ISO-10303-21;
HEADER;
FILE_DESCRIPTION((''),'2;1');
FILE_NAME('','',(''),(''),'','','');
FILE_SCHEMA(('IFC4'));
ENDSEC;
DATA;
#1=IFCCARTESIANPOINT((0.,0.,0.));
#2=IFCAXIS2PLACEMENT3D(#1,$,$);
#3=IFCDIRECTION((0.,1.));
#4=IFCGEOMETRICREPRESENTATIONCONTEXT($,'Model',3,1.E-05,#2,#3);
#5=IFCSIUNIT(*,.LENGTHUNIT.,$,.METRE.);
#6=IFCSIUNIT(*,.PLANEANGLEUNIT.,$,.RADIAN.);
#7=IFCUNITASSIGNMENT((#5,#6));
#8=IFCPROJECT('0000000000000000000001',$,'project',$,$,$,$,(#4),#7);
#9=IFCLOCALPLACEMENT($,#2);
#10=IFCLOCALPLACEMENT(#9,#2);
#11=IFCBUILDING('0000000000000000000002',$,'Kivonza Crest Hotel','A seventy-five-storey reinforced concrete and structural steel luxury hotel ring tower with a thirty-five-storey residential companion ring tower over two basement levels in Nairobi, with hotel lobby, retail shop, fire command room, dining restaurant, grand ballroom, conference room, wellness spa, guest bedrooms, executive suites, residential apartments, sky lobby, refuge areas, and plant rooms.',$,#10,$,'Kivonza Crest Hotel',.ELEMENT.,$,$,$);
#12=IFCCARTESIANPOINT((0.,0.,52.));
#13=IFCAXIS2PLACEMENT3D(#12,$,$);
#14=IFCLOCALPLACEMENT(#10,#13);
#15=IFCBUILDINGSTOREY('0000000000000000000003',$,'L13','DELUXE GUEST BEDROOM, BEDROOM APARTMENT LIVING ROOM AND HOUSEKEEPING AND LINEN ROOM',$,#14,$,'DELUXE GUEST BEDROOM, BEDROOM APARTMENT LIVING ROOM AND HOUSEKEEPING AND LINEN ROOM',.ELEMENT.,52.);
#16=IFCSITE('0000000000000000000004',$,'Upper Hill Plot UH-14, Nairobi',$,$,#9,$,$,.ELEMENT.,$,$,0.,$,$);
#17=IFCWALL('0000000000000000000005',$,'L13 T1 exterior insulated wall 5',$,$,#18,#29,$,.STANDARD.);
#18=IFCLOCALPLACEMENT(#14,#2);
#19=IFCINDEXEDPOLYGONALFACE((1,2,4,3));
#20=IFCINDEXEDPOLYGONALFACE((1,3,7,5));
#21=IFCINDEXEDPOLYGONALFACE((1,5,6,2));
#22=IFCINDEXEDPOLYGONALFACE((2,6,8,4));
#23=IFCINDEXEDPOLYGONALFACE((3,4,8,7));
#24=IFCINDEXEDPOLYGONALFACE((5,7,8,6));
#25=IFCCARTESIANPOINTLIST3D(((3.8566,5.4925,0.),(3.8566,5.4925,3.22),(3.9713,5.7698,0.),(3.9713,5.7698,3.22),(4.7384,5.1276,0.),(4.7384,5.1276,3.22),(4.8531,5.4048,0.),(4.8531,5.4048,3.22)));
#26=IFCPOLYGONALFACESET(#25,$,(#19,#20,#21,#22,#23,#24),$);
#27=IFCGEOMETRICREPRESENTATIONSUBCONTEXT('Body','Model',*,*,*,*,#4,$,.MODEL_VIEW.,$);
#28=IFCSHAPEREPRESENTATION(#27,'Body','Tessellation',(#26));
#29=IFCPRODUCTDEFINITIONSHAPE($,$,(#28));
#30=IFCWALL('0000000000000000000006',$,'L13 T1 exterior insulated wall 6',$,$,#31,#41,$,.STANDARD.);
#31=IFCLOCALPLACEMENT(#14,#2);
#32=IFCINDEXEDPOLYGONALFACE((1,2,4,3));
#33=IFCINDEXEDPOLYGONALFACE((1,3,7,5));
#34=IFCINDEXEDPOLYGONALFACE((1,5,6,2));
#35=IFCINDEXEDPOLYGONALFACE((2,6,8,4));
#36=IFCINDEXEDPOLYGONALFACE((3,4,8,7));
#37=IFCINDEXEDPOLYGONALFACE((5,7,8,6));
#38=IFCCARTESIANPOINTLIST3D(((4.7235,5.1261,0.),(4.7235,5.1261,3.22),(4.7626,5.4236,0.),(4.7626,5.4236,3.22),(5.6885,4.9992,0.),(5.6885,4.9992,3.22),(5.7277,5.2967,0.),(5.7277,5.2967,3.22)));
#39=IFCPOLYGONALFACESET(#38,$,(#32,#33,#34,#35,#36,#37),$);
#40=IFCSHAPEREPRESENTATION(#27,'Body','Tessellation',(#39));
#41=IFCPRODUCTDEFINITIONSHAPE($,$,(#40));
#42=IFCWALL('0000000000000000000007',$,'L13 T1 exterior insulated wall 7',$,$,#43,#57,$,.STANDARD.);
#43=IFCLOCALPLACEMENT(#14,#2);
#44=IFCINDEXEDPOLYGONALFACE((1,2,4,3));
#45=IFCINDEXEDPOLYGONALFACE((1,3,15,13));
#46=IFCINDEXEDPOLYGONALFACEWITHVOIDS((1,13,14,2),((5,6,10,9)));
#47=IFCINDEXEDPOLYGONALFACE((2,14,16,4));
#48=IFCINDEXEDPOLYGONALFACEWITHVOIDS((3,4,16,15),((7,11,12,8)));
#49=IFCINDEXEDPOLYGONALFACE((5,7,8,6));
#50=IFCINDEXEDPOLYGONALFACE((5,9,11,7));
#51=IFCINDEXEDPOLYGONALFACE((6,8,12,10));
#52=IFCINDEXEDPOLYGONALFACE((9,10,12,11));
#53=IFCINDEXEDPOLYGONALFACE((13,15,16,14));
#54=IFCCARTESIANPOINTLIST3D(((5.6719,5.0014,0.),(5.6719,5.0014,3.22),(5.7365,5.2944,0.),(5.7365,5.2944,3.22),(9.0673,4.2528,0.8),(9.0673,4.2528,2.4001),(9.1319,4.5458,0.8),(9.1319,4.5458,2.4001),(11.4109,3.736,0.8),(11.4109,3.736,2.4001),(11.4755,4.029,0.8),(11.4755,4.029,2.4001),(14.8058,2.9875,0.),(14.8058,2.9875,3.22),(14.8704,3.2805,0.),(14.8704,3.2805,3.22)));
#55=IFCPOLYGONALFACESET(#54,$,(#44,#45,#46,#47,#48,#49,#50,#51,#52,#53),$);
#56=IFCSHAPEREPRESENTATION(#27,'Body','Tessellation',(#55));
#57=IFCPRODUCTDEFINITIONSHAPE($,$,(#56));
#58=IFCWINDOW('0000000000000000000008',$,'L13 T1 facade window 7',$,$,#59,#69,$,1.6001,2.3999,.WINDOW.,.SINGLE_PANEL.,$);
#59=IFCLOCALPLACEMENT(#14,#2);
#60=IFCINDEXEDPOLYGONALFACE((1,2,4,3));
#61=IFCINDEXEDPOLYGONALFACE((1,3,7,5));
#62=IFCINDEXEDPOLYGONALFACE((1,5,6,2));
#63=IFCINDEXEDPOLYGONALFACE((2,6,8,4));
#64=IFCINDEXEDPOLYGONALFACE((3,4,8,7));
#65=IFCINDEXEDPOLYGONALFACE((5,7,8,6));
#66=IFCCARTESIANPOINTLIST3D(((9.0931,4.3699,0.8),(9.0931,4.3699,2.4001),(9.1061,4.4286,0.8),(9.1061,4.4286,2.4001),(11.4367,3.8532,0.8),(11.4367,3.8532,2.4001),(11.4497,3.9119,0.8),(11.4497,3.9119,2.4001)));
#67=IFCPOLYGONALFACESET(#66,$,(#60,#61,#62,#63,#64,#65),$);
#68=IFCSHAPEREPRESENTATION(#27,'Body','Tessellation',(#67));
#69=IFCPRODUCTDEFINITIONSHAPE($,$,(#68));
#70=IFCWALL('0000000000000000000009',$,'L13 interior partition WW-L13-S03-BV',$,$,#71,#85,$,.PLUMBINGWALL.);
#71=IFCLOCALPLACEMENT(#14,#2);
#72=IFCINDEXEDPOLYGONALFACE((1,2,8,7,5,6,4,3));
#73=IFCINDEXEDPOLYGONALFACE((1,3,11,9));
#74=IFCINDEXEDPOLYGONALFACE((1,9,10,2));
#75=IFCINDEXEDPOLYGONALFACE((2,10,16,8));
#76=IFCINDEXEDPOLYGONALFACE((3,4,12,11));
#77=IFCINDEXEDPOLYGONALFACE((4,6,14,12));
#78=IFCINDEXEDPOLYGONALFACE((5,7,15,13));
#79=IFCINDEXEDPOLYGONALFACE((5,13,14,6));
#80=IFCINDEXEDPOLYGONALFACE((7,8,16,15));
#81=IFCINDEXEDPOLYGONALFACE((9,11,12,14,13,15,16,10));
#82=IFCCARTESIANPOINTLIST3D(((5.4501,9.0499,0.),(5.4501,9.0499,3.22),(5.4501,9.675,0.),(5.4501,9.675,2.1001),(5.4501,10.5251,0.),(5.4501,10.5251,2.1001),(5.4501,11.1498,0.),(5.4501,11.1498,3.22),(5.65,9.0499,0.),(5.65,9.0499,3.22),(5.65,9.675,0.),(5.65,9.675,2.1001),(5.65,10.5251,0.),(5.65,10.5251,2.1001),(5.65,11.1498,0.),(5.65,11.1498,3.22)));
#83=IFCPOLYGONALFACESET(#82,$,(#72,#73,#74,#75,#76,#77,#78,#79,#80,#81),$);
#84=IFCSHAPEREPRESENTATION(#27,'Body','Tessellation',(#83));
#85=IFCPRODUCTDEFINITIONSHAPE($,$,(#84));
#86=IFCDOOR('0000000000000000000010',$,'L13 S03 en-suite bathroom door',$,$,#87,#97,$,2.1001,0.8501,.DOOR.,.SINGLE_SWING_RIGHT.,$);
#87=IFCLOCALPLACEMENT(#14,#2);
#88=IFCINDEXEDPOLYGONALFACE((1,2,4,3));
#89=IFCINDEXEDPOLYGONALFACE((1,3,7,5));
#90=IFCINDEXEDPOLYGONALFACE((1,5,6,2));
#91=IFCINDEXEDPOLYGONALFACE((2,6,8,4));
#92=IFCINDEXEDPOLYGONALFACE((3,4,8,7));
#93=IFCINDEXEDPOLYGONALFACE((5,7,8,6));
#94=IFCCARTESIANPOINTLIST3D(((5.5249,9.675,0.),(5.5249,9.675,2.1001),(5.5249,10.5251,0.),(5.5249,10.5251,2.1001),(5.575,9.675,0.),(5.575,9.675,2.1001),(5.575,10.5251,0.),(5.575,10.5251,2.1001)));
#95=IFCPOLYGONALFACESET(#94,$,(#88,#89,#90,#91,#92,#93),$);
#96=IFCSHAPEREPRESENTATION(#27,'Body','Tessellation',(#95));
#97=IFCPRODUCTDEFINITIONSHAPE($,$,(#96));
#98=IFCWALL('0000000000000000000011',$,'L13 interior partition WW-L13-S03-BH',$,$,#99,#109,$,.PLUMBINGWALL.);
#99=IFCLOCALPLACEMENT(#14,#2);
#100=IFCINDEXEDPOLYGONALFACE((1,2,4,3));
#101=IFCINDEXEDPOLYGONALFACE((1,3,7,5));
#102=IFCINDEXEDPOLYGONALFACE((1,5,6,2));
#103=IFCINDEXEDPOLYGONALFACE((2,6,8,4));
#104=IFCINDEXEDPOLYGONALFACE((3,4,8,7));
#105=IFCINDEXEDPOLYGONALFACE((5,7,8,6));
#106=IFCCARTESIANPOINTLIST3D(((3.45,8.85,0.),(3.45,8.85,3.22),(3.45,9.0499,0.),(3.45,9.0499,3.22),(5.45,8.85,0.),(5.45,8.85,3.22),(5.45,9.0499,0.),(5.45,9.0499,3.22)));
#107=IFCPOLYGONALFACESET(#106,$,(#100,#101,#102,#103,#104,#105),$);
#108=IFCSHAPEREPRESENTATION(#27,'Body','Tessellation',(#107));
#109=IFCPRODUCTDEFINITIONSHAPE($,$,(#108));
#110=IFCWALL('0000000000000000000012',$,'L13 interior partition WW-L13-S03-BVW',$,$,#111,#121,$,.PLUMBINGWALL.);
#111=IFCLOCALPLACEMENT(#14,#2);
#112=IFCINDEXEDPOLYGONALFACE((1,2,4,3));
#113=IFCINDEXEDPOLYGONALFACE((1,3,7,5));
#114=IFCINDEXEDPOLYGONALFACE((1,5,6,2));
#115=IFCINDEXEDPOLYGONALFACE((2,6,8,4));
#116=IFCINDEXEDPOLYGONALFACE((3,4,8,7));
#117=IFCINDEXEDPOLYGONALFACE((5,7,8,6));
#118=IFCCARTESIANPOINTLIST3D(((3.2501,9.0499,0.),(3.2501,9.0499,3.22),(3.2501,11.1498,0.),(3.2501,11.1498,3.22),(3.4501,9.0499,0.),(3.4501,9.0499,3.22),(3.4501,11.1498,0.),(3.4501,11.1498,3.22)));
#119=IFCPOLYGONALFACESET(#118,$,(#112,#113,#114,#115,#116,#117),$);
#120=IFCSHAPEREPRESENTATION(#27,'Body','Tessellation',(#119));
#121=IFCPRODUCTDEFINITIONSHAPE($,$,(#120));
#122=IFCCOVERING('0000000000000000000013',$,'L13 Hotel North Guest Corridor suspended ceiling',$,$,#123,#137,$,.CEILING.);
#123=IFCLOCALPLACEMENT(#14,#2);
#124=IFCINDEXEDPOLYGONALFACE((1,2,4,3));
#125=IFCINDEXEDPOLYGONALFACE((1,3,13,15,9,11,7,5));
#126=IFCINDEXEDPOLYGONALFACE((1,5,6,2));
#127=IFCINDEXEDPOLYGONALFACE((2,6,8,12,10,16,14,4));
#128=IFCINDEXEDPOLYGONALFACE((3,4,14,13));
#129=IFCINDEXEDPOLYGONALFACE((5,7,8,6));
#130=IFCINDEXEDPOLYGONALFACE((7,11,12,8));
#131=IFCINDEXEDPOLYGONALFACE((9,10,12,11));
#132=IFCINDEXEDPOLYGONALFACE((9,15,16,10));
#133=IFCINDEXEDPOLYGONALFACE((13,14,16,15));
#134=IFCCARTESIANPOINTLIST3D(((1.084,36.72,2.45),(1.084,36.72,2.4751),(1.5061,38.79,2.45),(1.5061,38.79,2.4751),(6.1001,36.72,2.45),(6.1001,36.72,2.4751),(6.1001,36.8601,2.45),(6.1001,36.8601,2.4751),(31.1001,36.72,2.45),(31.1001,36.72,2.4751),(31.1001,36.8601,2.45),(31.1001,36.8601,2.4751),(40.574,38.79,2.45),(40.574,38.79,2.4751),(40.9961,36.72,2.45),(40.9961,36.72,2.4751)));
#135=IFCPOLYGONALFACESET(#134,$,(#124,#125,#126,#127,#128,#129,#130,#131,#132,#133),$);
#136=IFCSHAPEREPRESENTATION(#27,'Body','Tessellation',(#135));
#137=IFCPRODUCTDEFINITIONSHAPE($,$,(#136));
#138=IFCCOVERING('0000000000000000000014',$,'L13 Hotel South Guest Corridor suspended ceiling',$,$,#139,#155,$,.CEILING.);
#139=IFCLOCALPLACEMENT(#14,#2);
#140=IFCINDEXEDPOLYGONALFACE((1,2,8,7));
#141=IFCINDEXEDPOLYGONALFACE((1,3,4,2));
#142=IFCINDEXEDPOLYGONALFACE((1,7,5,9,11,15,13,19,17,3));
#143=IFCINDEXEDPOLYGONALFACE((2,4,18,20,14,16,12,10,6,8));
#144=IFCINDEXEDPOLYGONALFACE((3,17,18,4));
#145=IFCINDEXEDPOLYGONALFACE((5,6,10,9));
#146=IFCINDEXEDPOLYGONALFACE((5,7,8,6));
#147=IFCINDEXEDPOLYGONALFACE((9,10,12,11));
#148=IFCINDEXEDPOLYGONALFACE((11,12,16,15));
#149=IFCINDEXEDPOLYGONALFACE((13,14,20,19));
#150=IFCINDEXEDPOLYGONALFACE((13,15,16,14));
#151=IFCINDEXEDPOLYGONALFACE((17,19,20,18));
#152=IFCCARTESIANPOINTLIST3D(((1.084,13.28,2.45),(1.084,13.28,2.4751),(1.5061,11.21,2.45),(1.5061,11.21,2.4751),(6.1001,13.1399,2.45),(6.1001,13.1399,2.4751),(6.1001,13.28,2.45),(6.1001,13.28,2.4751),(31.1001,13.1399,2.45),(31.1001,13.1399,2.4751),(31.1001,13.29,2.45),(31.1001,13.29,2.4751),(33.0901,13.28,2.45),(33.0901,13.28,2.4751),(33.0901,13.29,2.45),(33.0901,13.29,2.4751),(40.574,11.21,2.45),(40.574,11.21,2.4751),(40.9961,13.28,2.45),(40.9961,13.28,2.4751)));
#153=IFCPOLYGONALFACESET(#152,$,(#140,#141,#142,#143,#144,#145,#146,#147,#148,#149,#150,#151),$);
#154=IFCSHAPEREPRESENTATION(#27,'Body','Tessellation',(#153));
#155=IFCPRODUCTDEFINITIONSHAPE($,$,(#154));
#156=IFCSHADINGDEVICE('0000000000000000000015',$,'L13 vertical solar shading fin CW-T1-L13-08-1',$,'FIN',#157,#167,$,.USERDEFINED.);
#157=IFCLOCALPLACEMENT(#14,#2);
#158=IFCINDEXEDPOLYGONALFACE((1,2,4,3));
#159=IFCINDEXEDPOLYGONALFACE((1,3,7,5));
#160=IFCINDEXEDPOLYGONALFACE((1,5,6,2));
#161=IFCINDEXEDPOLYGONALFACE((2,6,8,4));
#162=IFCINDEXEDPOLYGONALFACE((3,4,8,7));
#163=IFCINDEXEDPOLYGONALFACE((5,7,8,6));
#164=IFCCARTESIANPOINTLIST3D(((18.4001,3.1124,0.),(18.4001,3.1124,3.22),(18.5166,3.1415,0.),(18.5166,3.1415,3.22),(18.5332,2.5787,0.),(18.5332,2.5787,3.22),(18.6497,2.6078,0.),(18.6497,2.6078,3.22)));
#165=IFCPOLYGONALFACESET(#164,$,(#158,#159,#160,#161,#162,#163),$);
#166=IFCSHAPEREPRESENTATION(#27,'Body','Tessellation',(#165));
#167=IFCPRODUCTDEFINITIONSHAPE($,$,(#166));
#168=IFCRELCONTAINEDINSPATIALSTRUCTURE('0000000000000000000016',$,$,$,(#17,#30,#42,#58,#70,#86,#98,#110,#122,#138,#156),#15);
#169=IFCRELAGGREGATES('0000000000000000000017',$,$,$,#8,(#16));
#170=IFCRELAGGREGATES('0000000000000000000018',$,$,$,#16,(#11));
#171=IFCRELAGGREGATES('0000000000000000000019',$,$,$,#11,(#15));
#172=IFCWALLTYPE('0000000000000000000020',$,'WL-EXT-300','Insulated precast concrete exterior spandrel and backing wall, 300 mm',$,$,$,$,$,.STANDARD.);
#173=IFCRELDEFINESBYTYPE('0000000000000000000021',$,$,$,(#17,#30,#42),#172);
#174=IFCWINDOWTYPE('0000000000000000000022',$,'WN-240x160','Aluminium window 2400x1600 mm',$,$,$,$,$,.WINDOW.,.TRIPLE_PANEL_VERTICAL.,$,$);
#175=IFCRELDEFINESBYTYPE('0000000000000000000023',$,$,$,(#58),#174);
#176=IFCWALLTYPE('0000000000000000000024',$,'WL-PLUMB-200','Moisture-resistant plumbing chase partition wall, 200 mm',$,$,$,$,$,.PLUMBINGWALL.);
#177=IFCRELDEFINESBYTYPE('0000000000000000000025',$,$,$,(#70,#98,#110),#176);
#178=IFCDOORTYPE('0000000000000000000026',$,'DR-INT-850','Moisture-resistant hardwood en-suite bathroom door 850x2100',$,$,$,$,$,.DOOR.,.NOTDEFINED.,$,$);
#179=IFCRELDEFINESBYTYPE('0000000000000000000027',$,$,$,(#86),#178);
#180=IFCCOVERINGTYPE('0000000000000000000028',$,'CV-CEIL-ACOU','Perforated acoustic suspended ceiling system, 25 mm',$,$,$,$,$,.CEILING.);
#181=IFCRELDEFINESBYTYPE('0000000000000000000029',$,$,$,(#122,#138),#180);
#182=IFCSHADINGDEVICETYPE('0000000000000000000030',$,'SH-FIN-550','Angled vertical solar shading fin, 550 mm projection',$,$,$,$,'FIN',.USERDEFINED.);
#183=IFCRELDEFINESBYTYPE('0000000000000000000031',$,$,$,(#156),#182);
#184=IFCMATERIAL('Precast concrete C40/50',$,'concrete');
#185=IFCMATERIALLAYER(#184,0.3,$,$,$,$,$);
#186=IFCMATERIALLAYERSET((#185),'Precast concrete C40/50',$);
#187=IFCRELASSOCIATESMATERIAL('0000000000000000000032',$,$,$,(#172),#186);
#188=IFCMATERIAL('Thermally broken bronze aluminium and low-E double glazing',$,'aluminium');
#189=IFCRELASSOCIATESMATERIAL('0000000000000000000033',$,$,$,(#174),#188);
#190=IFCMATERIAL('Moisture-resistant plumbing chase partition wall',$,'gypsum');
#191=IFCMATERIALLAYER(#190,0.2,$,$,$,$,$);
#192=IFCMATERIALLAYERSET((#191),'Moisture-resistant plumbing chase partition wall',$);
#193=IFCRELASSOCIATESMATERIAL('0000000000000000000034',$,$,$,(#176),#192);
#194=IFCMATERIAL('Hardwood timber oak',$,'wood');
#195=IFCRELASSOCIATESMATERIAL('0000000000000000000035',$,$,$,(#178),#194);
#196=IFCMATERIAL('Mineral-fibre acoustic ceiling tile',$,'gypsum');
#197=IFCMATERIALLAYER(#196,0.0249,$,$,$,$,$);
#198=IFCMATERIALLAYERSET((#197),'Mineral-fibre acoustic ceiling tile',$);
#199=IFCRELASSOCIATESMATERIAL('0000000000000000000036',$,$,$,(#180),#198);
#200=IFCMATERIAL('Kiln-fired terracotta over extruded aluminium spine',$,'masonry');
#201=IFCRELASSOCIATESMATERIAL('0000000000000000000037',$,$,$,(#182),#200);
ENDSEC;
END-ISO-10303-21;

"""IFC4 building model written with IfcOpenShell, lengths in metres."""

from ifc_helpers import new_model, si_unit, direction, frame, frame_2d, origin, origin_2d, place, context, subcontext, project, spatial, polyline, rectangle, outline, extrude, material, layer, layer_set, type_object, element, fill, save


model = new_model("IFC4")

# Units and contexts
model_context = context("Model", 3, precision=1e-05, world=origin(), true_north=direction((0.0, 1.0)))
body_context = subcontext(model_context, "Body", "Model", "MODEL_VIEW")
ifc_project = project(units=[si_unit("LENGTHUNIT", "METRE"), si_unit("PLANEANGLEUNIT", "RADIAN")], contexts=[model_context])

# Site, building, storey
site_placement = place(None, origin())
site = spatial("IfcSite", under=ifc_project, at=site_placement, Name="Upper Hill Plot UH-14, Nairobi", CompositionType="ELEMENT", RefElevation=0.0)
building_placement = place(site_placement, origin())
building = spatial("IfcBuilding", under=site, at=building_placement, Name="Kivonza Crest Hotel", Description="A seventy-five-storey reinforced concrete and structural steel luxury hotel ring tower with a thirty-five-storey residential companion ring tower over two basement levels in Nairobi, with hotel lobby, retail shop, fire command room, dining restaurant, grand ballroom, conference room, wellness spa, guest bedrooms, executive suites, residential apartments, sky lobby, refuge areas, and plant rooms.", LongName="Kivonza Crest Hotel", CompositionType="ELEMENT")
storey_placement = place(building_placement, frame((0.0, 0.0, 52.0)))
storey = spatial("IfcBuildingStorey", under=building, at=storey_placement, Name="L13", Description="DELUXE GUEST BEDROOM, BEDROOM APARTMENT LIVING ROOM AND HOUSEKEEPING AND LINEN ROOM", LongName="DELUXE GUEST BEDROOM, BEDROOM APARTMENT LIVING ROOM AND HOUSEKEEPING AND LINEN ROOM", CompositionType="ELEMENT", Elevation=52.0)

# Walls
ifc_material_1 = material(Name="Precast concrete C40/50", Category="concrete")
ifc_layer_1 = layer(ifc_material_1, 0.3)
ifc_layer_set_1 = layer_set([ifc_layer_1], Name="Precast concrete C40/50")
wall_type_1 = type_object("IfcWallType", Name="WL-EXT-300", Description="Insulated precast concrete exterior spandrel and backing wall, 300 mm", PredefinedType="STANDARD", material=ifc_layer_set_1)
wall_1_placement = place(storey_placement, frame((3.9141, 5.6311, 0.0), z_axis=(0.0, 0.0, 1.0), x_axis=(0.923983, -0.382435, 0.0)))
element("IfcWall", 1, at=wall_1_placement, inside=storey, type_object=wall_type_1, Name="L13 T1 exterior insulated wall 5", PredefinedType="STANDARD", context=body_context, shape_type="SweptSolid", body=[
    extrude(rectangle(XDim=0.9543, YDim=0.3, at=frame_2d((0.4771, 0.0))), origin(), (0.0, 0.0, 1.0), 3.22),
])
wall_2_placement = place(storey_placement, frame((4.7429, 5.2749, 0.0), z_axis=(0.0, 0.0, 1.0), x_axis=(0.991459, -0.130422, 0.0)))
element("IfcWall", 2, at=wall_2_placement, inside=storey, type_object=wall_type_1, Name="L13 T1 exterior insulated wall 6", PredefinedType="STANDARD", context=body_context, shape_type="SweptSolid", body=[
    extrude(rectangle(XDim=0.9734, YDim=0.3, at=frame_2d((0.4868, 0.0))), origin(), (0.0, 0.0, 1.0), 3.22),
])

# Wall, opening, window
wall_3_placement = place(storey_placement, frame((5.7041, 5.1479, 0.0), z_axis=(0.0, 0.0, 1.0), x_axis=(0.976544, -0.215319, 0.0)))
wall_3 = element("IfcWall", 3, at=wall_3_placement, inside=storey, type_object=wall_type_1, Name="L13 T1 exterior insulated wall 7", PredefinedType="STANDARD", context=body_context, shape_type="SweptSolid", body=[
    extrude(rectangle(XDim=9.3533, YDim=0.3, at=frame_2d((4.6768, 0.0))), origin(), (0.0, 0.0, 1.0), 3.22),
])
opening_1_placement = place(wall_3_placement, frame((3.4771, 0.0, 0.8)))
opening_1 = element("IfcOpeningElement", 4, at=opening_1_placement, cuts=wall_3, PredefinedType="OPENING", context=body_context, shape_type="SweptSolid", body=[
    extrude(rectangle(XDim=2.3999, YDim=1.6001, at=frame_2d((1.2, 0.8))), frame((0.0, 0.1602, 0.0), z_axis=(0.0, -1.0, 0.0), x_axis=(1.0, 0.0, 0.0)), (0.0, 0.0, 1.0), 0.3201),
])
ifc_material_2 = material(Name="Thermally broken bronze aluminium and low-E double glazing", Category="aluminium")
window_type = type_object("IfcWindowType", Name="WN-240x160", Description="Aluminium window 2400x1600 mm", PartitioningType="TRIPLE_PANEL_VERTICAL", PredefinedType="WINDOW", material=ifc_material_2)
window_placement = place(opening_1_placement, origin())
window = element("IfcWindow", 5, at=window_placement, inside=storey, type_object=window_type, Name="L13 T1 facade window 7", OverallHeight=1.6001, OverallWidth=2.3999, PartitioningType="SINGLE_PANEL", PredefinedType="WINDOW", context=body_context, shape_type="SweptSolid", body=[
    extrude(rectangle(XDim=2.3999, YDim=1.6001, at=frame_2d((1.2, 0.8))), frame((0.0, 0.03, 0.0), z_axis=(0.0, -1.0, 0.0), x_axis=(1.0, 0.0, 0.0)), (0.0, 0.0, 1.0), 0.0601),
])
fill(opening_1, window)

# Wall, opening, door
ifc_material_3 = material(Name="Moisture-resistant plumbing chase partition wall", Category="gypsum")
ifc_layer_2 = layer(ifc_material_3, 0.2)
ifc_layer_set_2 = layer_set([ifc_layer_2], Name="Moisture-resistant plumbing chase partition wall")
wall_type_2 = type_object("IfcWallType", Name="WL-PLUMB-200", Description="Moisture-resistant plumbing chase partition wall, 200 mm", PredefinedType="PLUMBINGWALL", material=ifc_layer_set_2)
wall_4_placement = place(storey_placement, frame((5.55, 9.05, 0.0), z_axis=(0.0, 0.0, 1.0), x_axis=(0.0, 1.0, 0.0)))
wall_4 = element("IfcWall", 6, at=wall_4_placement, inside=storey, type_object=wall_type_2, Name="L13 interior partition WW-L13-S03-BV", PredefinedType="PLUMBINGWALL", context=body_context, shape_type="SweptSolid", body=[
    extrude(rectangle(XDim=2.0999, YDim=0.2, at=frame_2d((1.0498, 0.0))), origin(), (0.0, 0.0, 1.0), 3.22),
])
opening_2_placement = place(wall_4_placement, frame((0.625, 0.0, 0.0)))
opening_2 = element("IfcOpeningElement", 7, at=opening_2_placement, cuts=wall_4, PredefinedType="OPENING", context=body_context, shape_type="SweptSolid", body=[
    extrude(rectangle(XDim=0.8501, YDim=2.1001, at=frame_2d((0.425, 1.05))), frame((0.0, 0.1099, 0.0), z_axis=(0.0, -1.0, 0.0), x_axis=(1.0, 0.0, 0.0)), (0.0, 0.0, 1.0), 0.22),
])
ifc_material_4 = material(Name="Hardwood timber oak", Category="wood")
door_type = type_object("IfcDoorType", Name="DR-INT-850", Description="Moisture-resistant hardwood en-suite bathroom door 850x2100", OperationType="NOTDEFINED", PredefinedType="DOOR", material=ifc_material_4)
door_placement = place(opening_2_placement, frame((0.8501, 0.0, 0.0), z_axis=(0.0, 0.0, 1.0), x_axis=(-1.0, 0.0, 0.0)))
door = element("IfcDoor", 8, at=door_placement, inside=storey, type_object=door_type, Name="L13 S03 en-suite bathroom door", OperationType="SINGLE_SWING_RIGHT", OverallHeight=2.1001, OverallWidth=0.8501, PredefinedType="DOOR", context=body_context, shape_type="SweptSolid", body=[
    extrude(rectangle(XDim=0.8501, YDim=2.1001, at=frame_2d((0.425, 1.05))), frame((0.0, 0.0249, 0.0), z_axis=(0.0, -1.0, 0.0), x_axis=(1.0, 0.0, 0.0)), (0.0, 0.0, 1.0), 0.05),
])
fill(opening_2, door)

# Walls
wall_5_placement = place(storey_placement, frame((3.45, 8.95, 0.0), z_axis=(0.0, 0.0, 1.0), x_axis=(1.0, 0.0, 0.0)))
element("IfcWall", 9, at=wall_5_placement, inside=storey, type_object=wall_type_2, Name="L13 interior partition WW-L13-S03-BH", PredefinedType="PLUMBINGWALL", context=body_context, shape_type="SweptSolid", body=[
    extrude(rectangle(XDim=2.0, YDim=0.2, at=frame_2d((1.0, 0.0))), origin(), (0.0, 0.0, 1.0), 3.22),
])
wall_6_placement = place(storey_placement, frame((3.3501, 9.05, 0.0), z_axis=(0.0, 0.0, 1.0), x_axis=(0.0, 1.0, 0.0)))
element("IfcWall", 10, at=wall_6_placement, inside=storey, type_object=wall_type_2, Name="L13 interior partition WW-L13-S03-BVW", PredefinedType="PLUMBINGWALL", context=body_context, shape_type="SweptSolid", body=[
    extrude(rectangle(XDim=2.0999, YDim=0.2, at=frame_2d((1.0498, 0.0))), origin(), (0.0, 0.0, 1.0), 3.22),
])

# Coverings
ifc_material_5 = material(Name="Mineral-fibre acoustic ceiling tile", Category="gypsum")
ifc_layer_3 = layer(ifc_material_5, 0.0249)
ifc_layer_set_3 = layer_set([ifc_layer_3], Name="Mineral-fibre acoustic ceiling tile")
covering_type = type_object("IfcCoveringType", Name="CV-CEIL-ACOU", Description="Perforated acoustic suspended ceiling system, 25 mm", PredefinedType="CEILING", material=ifc_layer_set_3)
covering_1_placement = place(storey_placement, frame((0.0, 0.0, 2.45)))
element("IfcCovering", 11, at=covering_1_placement, inside=storey, type_object=covering_type, Name="L13 Hotel North Guest Corridor suspended ceiling", PredefinedType="CEILING", context=body_context, shape_type="SweptSolid", body=[
    extrude(outline(polyline([(1.5061, 38.79), (1.084, 36.72), (6.1001, 36.72), (6.1001, 36.8601), (31.1001, 36.8601), (31.1001, 36.72), (40.9961, 36.72), (40.574, 38.79), (1.5061, 38.79)])), origin(), (0.0, 0.0, 1.0), 0.0251),
])
covering_2_placement = place(storey_placement, frame((0.0, 0.0, 2.45)))
element("IfcCovering", 12, at=covering_2_placement, inside=storey, type_object=covering_type, Name="L13 Hotel South Guest Corridor suspended ceiling", PredefinedType="CEILING", context=body_context, shape_type="SweptSolid", body=[
    extrude(outline(polyline([(31.1001, 13.29), (31.1001, 13.1399), (6.1001, 13.1399), (6.1001, 13.28), (1.084, 13.28), (1.5061, 11.21), (40.574, 11.21), (40.9961, 13.28), (33.0901, 13.28), (33.0901, 13.29), (31.1001, 13.29)])), origin(), (0.0, 0.0, 1.0), 0.0251),
])

# Shading device
ifc_material_6 = material(Name="Kiln-fired terracotta over extruded aluminium spine", Category="masonry")
shading_device_type = type_object("IfcShadingDeviceType", Name="SH-FIN-550", Description="Angled vertical solar shading fin, 550 mm projection", ElementType="FIN", PredefinedType="USERDEFINED", material=ifc_material_6)
shading_device_placement = place(storey_placement, frame((18.5249, 2.8601, 0.0), z_axis=(0.0, 0.0, 1.0), x_axis=(0.970296, 0.241922, 0.0)))
element("IfcShadingDevice", 13, at=shading_device_placement, inside=storey, type_object=shading_device_type, Name="L13 vertical solar shading fin CW-T1-L13-08-1", ObjectType="FIN", PredefinedType="USERDEFINED", context=body_context, shape_type="SweptSolid", body=[
    extrude(rectangle(XDim=0.1201, YDim=0.55, at=origin_2d()), origin(), (0.0, 0.0, 1.0), 3.22),
])

save(model, "model.ifc")
